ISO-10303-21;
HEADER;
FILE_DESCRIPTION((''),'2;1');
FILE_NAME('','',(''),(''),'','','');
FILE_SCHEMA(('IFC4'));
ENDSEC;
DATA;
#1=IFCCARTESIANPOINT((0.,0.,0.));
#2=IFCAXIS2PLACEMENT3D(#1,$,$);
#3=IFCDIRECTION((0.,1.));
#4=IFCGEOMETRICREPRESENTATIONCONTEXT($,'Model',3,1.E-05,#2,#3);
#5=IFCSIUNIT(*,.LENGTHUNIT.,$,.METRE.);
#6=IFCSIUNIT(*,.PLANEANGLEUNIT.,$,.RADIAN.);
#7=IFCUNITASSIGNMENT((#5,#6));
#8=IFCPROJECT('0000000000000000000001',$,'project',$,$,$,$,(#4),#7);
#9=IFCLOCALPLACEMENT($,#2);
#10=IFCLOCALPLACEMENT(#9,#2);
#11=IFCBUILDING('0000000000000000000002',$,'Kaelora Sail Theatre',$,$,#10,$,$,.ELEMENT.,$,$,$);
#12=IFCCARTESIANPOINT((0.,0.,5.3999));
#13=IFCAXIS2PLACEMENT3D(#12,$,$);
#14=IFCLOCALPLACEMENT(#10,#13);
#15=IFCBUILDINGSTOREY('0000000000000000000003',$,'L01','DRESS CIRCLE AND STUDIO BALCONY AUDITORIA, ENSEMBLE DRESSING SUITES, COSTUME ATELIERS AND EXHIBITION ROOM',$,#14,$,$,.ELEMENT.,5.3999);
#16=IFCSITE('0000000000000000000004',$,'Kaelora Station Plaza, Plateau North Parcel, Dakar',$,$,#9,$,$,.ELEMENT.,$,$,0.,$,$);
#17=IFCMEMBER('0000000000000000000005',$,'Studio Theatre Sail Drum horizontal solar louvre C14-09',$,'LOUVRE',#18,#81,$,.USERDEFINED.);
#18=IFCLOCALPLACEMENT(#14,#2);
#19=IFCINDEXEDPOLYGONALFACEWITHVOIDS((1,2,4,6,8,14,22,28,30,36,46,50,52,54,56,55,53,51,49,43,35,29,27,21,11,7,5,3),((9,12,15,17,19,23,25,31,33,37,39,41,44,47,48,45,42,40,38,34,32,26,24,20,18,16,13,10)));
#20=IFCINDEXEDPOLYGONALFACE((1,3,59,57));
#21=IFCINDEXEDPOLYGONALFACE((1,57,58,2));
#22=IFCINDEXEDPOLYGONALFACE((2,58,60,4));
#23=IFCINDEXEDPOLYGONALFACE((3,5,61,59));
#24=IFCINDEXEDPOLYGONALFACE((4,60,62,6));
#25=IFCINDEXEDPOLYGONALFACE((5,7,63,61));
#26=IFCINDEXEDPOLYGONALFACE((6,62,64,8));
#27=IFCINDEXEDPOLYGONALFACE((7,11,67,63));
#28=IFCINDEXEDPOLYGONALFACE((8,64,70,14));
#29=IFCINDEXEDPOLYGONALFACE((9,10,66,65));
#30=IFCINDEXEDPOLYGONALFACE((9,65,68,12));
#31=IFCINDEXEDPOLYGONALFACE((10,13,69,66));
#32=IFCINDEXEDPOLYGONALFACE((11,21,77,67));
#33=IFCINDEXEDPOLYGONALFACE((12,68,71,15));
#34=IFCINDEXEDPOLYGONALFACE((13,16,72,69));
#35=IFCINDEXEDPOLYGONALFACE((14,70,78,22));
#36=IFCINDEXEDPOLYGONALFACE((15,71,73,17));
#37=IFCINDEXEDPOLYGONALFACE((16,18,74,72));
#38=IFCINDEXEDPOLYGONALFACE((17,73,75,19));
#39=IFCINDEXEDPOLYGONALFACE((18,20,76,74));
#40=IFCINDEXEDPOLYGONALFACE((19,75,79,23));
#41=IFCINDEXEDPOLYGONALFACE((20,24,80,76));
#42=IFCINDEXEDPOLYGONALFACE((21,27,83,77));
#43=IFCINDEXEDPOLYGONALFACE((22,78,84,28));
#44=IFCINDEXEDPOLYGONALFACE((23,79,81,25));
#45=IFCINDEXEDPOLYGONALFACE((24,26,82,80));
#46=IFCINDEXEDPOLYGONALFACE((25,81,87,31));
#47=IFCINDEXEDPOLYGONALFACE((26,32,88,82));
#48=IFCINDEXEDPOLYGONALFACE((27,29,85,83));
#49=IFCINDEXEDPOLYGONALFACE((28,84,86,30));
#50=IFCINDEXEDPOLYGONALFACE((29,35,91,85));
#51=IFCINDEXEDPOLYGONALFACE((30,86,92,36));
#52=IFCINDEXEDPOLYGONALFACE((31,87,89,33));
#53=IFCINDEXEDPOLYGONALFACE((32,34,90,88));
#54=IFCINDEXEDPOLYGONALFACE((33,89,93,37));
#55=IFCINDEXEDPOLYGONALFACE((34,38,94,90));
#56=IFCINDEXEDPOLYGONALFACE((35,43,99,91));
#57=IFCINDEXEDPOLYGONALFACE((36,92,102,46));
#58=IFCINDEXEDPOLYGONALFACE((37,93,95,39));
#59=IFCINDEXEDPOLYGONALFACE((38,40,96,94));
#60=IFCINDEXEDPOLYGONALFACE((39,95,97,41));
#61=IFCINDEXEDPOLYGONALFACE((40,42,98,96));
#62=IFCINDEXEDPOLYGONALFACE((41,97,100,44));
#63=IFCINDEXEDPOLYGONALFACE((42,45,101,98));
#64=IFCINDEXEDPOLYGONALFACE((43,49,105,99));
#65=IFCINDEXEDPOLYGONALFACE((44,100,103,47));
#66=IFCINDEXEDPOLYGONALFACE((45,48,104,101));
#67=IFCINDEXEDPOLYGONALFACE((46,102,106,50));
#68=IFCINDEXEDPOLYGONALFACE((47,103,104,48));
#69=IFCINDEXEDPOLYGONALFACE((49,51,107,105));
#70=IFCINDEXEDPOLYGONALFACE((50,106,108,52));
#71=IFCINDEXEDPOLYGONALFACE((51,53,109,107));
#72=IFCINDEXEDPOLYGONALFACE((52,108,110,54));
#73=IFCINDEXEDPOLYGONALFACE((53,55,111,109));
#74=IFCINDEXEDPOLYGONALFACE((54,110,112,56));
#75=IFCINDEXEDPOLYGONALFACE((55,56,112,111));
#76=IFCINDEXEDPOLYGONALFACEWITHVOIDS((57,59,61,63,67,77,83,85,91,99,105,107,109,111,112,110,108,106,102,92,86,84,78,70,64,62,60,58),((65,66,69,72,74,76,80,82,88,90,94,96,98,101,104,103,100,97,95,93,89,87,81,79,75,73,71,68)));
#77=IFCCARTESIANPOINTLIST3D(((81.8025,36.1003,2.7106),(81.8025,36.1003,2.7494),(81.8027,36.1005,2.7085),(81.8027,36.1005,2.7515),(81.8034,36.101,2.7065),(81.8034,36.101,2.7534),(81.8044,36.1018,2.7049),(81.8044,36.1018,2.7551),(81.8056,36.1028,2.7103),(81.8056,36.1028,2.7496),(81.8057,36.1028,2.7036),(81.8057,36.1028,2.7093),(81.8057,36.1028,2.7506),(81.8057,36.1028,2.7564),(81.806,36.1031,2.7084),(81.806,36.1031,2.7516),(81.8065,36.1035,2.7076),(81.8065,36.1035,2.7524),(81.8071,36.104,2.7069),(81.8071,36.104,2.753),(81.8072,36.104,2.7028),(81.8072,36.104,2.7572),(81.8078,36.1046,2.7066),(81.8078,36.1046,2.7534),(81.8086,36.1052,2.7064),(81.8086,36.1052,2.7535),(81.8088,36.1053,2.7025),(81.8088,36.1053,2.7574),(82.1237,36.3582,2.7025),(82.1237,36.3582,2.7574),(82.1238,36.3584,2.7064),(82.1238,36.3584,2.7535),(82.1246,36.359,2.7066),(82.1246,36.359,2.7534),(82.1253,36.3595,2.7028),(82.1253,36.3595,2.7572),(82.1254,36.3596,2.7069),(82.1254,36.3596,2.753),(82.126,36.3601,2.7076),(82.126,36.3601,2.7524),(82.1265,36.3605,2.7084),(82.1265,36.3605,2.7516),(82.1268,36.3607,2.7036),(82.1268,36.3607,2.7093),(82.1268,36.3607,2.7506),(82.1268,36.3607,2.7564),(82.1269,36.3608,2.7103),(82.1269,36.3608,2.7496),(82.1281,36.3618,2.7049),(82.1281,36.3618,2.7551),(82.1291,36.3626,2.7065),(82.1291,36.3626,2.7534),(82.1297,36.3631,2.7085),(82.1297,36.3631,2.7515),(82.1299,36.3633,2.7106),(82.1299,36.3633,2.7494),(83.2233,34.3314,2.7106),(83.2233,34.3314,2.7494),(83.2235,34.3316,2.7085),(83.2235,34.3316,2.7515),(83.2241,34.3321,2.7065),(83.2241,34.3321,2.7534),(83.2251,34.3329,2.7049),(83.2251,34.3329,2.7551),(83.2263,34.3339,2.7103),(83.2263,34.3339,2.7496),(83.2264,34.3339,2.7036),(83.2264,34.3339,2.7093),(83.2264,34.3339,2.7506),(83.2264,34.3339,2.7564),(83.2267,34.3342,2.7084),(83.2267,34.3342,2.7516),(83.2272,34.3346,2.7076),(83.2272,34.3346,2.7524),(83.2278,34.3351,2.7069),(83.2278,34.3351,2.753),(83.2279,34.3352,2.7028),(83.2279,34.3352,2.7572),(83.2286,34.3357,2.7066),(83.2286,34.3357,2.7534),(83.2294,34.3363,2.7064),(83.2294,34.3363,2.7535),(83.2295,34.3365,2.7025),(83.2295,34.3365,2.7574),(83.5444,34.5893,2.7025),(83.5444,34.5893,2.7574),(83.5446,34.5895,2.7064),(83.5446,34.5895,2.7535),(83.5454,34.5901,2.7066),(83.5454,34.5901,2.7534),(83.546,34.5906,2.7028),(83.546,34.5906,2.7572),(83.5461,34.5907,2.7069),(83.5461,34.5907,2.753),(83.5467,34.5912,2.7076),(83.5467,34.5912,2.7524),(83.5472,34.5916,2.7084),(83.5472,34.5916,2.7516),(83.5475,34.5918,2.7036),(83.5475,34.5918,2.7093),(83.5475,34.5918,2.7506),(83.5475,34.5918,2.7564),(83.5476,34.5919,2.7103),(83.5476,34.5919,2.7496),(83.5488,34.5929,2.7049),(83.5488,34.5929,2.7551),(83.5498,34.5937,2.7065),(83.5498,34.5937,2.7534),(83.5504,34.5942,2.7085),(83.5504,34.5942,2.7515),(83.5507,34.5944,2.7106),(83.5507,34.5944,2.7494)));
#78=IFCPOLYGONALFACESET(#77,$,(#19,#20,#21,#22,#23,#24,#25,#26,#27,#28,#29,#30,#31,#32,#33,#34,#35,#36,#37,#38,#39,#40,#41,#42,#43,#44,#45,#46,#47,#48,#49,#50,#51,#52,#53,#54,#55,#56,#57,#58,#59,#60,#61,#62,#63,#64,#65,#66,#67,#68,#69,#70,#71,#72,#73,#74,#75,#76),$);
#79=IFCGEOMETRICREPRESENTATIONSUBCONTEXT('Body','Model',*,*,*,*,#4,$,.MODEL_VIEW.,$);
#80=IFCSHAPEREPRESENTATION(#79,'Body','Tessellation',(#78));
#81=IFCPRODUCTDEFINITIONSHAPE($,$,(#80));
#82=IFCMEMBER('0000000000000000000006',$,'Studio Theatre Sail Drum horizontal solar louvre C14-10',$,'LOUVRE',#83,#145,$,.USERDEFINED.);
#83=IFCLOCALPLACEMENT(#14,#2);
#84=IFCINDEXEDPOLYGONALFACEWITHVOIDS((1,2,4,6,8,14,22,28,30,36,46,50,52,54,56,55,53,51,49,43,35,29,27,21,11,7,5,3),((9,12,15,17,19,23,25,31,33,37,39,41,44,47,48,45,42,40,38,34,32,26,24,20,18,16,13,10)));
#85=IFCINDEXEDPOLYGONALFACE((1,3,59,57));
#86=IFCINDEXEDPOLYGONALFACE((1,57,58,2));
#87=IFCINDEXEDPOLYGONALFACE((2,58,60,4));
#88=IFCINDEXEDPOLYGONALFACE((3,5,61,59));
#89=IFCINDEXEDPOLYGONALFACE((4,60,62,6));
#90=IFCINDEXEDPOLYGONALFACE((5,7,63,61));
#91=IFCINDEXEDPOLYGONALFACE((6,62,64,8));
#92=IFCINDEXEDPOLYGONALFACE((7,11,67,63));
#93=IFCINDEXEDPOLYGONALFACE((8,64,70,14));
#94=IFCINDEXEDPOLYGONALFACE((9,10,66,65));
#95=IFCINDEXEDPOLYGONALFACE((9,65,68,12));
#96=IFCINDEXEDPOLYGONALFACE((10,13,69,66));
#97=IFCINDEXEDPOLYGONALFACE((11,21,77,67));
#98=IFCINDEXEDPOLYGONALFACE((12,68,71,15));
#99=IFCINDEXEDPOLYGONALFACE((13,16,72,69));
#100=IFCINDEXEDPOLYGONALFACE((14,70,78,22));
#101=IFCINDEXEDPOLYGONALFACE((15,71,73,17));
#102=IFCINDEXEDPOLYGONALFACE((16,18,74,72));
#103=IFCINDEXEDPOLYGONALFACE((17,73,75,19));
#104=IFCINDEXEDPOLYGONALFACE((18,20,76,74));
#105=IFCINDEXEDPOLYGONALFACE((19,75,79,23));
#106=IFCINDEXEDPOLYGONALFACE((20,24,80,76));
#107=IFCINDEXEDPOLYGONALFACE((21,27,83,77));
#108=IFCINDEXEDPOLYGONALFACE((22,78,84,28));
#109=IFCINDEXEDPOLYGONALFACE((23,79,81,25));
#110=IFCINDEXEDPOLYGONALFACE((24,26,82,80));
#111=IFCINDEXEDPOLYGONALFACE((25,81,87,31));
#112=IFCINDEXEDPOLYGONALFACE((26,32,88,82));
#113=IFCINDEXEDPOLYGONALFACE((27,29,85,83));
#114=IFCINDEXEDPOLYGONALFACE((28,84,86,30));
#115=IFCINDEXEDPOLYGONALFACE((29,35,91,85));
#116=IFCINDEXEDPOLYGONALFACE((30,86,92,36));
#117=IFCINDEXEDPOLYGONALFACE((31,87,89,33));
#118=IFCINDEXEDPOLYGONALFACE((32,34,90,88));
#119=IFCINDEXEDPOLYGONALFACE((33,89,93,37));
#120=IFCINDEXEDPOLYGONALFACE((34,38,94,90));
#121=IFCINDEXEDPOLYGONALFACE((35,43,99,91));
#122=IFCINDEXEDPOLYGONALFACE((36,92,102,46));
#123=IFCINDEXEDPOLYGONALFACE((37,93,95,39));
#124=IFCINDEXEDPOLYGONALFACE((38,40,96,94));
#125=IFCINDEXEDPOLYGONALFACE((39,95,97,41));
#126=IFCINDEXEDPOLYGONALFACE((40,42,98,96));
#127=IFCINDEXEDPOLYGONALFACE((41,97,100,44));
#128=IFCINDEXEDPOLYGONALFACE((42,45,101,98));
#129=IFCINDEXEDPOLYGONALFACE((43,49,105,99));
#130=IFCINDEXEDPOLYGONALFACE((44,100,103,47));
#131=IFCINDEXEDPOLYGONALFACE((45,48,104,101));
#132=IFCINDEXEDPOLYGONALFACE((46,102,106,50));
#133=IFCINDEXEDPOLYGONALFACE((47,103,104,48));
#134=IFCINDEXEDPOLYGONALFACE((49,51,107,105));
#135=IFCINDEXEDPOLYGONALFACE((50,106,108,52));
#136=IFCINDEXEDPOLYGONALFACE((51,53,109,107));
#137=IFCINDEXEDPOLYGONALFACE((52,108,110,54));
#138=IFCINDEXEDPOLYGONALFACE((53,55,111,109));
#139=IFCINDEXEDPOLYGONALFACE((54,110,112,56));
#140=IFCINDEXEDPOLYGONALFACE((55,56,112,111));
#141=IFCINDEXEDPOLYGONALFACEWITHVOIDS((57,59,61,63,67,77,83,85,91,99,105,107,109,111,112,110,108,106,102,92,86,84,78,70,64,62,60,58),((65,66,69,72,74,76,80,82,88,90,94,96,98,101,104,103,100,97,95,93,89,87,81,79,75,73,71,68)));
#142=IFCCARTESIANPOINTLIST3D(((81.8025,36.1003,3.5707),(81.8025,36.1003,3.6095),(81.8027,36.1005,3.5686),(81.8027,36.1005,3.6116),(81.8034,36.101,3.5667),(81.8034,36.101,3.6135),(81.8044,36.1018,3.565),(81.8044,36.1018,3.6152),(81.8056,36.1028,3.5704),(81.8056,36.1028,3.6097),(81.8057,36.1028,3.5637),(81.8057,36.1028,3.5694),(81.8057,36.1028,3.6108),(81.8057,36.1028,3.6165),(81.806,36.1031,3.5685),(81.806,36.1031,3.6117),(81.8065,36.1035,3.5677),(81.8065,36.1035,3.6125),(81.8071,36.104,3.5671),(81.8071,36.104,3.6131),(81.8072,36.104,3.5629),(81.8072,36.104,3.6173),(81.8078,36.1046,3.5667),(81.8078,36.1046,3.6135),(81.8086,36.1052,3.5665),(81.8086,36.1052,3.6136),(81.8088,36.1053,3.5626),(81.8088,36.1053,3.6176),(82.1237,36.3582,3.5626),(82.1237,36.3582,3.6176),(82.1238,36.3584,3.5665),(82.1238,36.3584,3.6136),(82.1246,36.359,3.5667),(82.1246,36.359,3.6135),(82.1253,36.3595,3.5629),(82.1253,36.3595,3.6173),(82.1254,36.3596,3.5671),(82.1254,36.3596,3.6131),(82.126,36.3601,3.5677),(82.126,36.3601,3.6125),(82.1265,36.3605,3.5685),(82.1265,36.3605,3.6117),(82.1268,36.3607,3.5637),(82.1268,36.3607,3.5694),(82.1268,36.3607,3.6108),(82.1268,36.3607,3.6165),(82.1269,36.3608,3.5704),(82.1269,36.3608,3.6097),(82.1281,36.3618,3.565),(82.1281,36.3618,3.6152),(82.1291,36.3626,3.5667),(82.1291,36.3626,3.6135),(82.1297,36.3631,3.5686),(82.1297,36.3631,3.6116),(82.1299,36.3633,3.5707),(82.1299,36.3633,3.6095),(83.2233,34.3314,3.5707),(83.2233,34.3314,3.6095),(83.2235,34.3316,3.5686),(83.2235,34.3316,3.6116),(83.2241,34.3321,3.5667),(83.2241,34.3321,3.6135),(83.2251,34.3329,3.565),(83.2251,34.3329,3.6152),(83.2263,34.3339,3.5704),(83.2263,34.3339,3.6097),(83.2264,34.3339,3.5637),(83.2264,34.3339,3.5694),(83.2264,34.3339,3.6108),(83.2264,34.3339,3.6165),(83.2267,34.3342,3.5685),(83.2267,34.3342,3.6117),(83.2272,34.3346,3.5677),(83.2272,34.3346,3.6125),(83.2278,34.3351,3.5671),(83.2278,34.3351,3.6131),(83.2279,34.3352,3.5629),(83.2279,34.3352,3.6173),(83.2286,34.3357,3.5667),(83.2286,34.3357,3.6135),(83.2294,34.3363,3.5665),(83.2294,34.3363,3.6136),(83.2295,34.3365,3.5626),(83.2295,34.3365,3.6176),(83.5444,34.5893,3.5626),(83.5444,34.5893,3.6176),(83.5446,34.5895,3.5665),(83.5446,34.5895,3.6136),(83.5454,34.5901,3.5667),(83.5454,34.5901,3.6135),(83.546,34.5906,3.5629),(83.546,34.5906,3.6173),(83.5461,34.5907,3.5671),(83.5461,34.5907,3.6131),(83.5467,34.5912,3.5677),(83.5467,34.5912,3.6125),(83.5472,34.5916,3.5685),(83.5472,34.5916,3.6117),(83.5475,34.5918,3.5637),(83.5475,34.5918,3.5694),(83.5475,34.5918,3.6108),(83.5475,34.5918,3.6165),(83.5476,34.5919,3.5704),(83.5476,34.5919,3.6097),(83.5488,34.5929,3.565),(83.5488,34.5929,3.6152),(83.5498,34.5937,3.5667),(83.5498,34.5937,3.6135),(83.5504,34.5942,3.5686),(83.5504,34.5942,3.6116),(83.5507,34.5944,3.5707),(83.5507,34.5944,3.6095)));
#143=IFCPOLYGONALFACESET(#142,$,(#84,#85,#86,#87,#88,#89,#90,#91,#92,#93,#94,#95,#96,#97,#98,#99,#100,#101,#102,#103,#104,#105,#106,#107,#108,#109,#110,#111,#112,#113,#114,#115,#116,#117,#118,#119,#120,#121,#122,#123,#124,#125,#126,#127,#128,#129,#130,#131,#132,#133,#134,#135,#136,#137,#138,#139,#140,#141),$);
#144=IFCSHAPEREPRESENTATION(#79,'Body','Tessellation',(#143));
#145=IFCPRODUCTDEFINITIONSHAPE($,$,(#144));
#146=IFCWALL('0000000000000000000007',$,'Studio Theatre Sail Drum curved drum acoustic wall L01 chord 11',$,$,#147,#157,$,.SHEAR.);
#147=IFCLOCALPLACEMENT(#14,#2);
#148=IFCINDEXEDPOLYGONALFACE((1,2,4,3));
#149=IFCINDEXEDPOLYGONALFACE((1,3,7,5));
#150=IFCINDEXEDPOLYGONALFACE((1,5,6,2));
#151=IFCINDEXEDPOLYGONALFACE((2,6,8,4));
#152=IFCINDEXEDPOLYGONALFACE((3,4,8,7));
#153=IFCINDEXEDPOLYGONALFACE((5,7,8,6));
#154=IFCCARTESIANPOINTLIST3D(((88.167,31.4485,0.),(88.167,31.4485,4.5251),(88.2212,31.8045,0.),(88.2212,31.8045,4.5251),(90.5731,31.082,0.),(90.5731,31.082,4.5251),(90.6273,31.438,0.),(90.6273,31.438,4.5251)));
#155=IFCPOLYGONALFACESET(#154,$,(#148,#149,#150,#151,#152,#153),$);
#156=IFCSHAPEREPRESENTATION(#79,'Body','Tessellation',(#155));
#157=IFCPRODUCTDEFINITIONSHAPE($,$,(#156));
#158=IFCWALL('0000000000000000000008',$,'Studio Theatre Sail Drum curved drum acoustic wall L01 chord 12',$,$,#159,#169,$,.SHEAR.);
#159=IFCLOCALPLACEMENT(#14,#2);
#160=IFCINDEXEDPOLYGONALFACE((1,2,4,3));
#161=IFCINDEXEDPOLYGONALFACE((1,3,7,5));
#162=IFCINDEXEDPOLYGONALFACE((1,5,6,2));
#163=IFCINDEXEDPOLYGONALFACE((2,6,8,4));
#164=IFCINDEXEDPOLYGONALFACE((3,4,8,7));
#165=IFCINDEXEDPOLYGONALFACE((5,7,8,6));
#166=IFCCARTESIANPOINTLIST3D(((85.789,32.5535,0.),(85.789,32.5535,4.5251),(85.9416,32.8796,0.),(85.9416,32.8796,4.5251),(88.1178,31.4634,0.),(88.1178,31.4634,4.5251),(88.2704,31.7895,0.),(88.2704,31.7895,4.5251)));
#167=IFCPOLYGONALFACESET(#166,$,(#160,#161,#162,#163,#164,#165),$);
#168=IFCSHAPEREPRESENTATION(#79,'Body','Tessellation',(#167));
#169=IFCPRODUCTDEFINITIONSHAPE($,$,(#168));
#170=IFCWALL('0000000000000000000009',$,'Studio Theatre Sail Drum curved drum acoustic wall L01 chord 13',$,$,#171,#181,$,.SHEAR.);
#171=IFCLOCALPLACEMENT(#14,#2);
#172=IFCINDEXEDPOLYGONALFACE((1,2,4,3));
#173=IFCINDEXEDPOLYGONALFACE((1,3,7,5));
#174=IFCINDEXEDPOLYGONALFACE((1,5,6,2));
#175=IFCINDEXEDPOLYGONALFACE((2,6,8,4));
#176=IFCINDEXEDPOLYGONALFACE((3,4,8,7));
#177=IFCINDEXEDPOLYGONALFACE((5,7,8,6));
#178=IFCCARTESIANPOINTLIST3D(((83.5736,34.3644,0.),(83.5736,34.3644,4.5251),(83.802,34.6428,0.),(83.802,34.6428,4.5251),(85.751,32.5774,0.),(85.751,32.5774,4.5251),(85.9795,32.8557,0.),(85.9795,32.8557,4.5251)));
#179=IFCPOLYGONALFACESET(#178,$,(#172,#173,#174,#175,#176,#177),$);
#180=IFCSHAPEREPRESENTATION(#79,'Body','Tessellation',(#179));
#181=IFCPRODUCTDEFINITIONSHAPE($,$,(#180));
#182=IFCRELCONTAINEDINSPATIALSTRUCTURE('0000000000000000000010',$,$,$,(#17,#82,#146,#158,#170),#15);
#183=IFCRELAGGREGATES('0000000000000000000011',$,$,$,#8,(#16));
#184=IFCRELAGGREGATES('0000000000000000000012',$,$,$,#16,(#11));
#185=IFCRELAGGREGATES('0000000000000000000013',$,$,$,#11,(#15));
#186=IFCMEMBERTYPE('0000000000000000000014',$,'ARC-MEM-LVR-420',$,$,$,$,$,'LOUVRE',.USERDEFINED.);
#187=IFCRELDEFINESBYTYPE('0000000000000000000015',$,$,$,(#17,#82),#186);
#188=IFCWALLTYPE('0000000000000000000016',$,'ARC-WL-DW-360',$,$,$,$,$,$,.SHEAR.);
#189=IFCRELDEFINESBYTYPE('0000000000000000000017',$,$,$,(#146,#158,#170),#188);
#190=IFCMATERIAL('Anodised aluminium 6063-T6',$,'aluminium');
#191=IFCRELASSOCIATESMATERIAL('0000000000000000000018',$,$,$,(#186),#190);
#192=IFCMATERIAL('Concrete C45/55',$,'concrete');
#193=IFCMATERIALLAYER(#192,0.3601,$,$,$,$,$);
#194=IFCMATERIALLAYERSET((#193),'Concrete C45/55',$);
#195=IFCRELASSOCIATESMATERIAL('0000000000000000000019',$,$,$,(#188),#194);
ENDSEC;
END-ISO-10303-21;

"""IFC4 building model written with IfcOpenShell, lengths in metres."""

from ifc_helpers import new_model, si_unit, direction, frame, frame_2d, origin, origin_2d, place, context, subcontext, project, spatial, rectangle, hollow_rectangle, extrude, material, layer, layer_set, material_profile, profile_set, type_object, element, save


model = new_model("IFC4")

# Units and contexts
model_context = context("Model", 3, precision=1e-05, world=origin(), true_north=direction((0.0, 1.0)))
body_context = subcontext(model_context, "Body", "Model", "MODEL_VIEW")
ifc_project = project(units=[si_unit("LENGTHUNIT", "METRE"), si_unit("PLANEANGLEUNIT", "RADIAN")], contexts=[model_context])

# Site, building, storey
site_placement = place(None, origin())
site = spatial("IfcSite", under=ifc_project, at=site_placement, Name="Kaelora Station Plaza, Plateau North Parcel, Dakar", CompositionType="ELEMENT", RefElevation=0.0)
building_placement = place(site_placement, origin())
building = spatial("IfcBuilding", under=site, at=building_placement, Name="Kaelora Sail Theatre", CompositionType="ELEMENT")
storey_placement = place(building_placement, frame((0.0, 0.0, 5.3999)))
storey = spatial("IfcBuildingStorey", under=building, at=storey_placement, Name="L01", Description="DRESS CIRCLE AND STUDIO BALCONY AUDITORIA, ENSEMBLE DRESSING SUITES, COSTUME ATELIERS AND EXHIBITION ROOM", CompositionType="ELEMENT", Elevation=5.3999)

# Members
ifc_material_1 = material(Name="Anodised aluminium 6063-T6", Category="aluminium")
ifc_material_profile_1 = material_profile(ifc_material_1, hollow_rectangle(XDim=0.4199, YDim=0.0549, WallThickness=0.0039, InnerFilletRadius=0.0039, OuterFilletRadius=0.0081, at=origin_2d()), Name="LOUVRE 420x55x4")
ifc_profile_set_1 = profile_set([ifc_material_profile_1], Name="Anodised aluminium 6063-T6")
member_type = type_object("IfcMemberType", Name="ARC-MEM-LVR-420", ElementType="LOUVRE", PredefinedType="USERDEFINED", material=ifc_profile_set_1)
for number, where, z_axis, x_axis, name in (
    (1, (83.387, 34.4629, 2.73), (-0.626203, 0.77966, 0.0), (-0.77966, -0.626203, 0.0), "Studio Theatre Sail Drum horizontal solar louvre C14-09"),
    (2, (83.387, 34.4629, 3.5901), (-0.626203, 0.77966, 0.0), (-0.77966, -0.626203, 0.0), "Studio Theatre Sail Drum horizontal solar louvre C14-10"),
):
    element("IfcMember", number, at=place(storey_placement, frame(where, z_axis=z_axis, x_axis=x_axis)), inside=storey, type_object=member_type, Name=name, ObjectType="LOUVRE", PredefinedType="USERDEFINED", context=body_context, shape_type="SweptSolid", body=[
        extrude(hollow_rectangle(XDim=0.4199, YDim=0.0549, WallThickness=0.0039, InnerFilletRadius=0.0039, OuterFilletRadius=0.0081, at=origin_2d()), origin(), (0.0, 0.0, 1.0), 2.2688),
    ])

# Walls
ifc_material_2 = material(Name="Concrete C45/55", Category="concrete")
ifc_layer = layer(ifc_material_2, 0.3601)
ifc_layer_set = layer_set([ifc_layer], Name="Concrete C45/55")
wall_type = type_object("IfcWallType", Name="ARC-WL-DW-360", PredefinedType="SHEAR", material=ifc_layer_set)
wall_1_placement = place(storey_placement, frame((90.6001, 31.26, 0.0), z_axis=(0.0, 0.0, 1.0), x_axis=(-0.988599, 0.150572, 0.0)))
element("IfcWall", 3, at=wall_1_placement, inside=storey, type_object=wall_type, Name="Studio Theatre Sail Drum curved drum acoustic wall L01 chord 11", PredefinedType="SHEAR", context=body_context, shape_type="SweptSolid", body=[
    extrude(rectangle(XDim=2.4338, YDim=0.3601, at=frame_2d((1.2168, 0.0))), origin(), (0.0, 0.0, 1.0), 4.5251),
])
wall_2_placement = place(storey_placement, frame((88.1941, 31.6265, 0.0), z_axis=(0.0, 0.0, 1.0), x_axis=(-0.905693, 0.423935, 0.0)))
element("IfcWall", 4, at=wall_2_placement, inside=storey, type_object=wall_type, Name="Studio Theatre Sail Drum curved drum acoustic wall L01 chord 12", PredefinedType="SHEAR", context=body_context, shape_type="SweptSolid", body=[
    extrude(rectangle(XDim=2.5713, YDim=0.3601, at=frame_2d((1.2856, 0.0))), origin(), (0.0, 0.0, 1.0), 4.5251),
])
wall_3_placement = place(storey_placement, frame((85.8652, 32.7166, 0.0), z_axis=(0.0, 0.0, 1.0), x_axis=(-0.772995, 0.634412, 0.0)))
element("IfcWall", 5, at=wall_3_placement, inside=storey, type_object=wall_type, Name="Studio Theatre Sail Drum curved drum acoustic wall L01 chord 13", PredefinedType="SHEAR", context=body_context, shape_type="SweptSolid", body=[
    extrude(rectangle(XDim=2.8169, YDim=0.3601, at=frame_2d((1.4084, 0.0))), origin(), (0.0, 0.0, 1.0), 4.5251),
])

save(model, "model.ifc")
